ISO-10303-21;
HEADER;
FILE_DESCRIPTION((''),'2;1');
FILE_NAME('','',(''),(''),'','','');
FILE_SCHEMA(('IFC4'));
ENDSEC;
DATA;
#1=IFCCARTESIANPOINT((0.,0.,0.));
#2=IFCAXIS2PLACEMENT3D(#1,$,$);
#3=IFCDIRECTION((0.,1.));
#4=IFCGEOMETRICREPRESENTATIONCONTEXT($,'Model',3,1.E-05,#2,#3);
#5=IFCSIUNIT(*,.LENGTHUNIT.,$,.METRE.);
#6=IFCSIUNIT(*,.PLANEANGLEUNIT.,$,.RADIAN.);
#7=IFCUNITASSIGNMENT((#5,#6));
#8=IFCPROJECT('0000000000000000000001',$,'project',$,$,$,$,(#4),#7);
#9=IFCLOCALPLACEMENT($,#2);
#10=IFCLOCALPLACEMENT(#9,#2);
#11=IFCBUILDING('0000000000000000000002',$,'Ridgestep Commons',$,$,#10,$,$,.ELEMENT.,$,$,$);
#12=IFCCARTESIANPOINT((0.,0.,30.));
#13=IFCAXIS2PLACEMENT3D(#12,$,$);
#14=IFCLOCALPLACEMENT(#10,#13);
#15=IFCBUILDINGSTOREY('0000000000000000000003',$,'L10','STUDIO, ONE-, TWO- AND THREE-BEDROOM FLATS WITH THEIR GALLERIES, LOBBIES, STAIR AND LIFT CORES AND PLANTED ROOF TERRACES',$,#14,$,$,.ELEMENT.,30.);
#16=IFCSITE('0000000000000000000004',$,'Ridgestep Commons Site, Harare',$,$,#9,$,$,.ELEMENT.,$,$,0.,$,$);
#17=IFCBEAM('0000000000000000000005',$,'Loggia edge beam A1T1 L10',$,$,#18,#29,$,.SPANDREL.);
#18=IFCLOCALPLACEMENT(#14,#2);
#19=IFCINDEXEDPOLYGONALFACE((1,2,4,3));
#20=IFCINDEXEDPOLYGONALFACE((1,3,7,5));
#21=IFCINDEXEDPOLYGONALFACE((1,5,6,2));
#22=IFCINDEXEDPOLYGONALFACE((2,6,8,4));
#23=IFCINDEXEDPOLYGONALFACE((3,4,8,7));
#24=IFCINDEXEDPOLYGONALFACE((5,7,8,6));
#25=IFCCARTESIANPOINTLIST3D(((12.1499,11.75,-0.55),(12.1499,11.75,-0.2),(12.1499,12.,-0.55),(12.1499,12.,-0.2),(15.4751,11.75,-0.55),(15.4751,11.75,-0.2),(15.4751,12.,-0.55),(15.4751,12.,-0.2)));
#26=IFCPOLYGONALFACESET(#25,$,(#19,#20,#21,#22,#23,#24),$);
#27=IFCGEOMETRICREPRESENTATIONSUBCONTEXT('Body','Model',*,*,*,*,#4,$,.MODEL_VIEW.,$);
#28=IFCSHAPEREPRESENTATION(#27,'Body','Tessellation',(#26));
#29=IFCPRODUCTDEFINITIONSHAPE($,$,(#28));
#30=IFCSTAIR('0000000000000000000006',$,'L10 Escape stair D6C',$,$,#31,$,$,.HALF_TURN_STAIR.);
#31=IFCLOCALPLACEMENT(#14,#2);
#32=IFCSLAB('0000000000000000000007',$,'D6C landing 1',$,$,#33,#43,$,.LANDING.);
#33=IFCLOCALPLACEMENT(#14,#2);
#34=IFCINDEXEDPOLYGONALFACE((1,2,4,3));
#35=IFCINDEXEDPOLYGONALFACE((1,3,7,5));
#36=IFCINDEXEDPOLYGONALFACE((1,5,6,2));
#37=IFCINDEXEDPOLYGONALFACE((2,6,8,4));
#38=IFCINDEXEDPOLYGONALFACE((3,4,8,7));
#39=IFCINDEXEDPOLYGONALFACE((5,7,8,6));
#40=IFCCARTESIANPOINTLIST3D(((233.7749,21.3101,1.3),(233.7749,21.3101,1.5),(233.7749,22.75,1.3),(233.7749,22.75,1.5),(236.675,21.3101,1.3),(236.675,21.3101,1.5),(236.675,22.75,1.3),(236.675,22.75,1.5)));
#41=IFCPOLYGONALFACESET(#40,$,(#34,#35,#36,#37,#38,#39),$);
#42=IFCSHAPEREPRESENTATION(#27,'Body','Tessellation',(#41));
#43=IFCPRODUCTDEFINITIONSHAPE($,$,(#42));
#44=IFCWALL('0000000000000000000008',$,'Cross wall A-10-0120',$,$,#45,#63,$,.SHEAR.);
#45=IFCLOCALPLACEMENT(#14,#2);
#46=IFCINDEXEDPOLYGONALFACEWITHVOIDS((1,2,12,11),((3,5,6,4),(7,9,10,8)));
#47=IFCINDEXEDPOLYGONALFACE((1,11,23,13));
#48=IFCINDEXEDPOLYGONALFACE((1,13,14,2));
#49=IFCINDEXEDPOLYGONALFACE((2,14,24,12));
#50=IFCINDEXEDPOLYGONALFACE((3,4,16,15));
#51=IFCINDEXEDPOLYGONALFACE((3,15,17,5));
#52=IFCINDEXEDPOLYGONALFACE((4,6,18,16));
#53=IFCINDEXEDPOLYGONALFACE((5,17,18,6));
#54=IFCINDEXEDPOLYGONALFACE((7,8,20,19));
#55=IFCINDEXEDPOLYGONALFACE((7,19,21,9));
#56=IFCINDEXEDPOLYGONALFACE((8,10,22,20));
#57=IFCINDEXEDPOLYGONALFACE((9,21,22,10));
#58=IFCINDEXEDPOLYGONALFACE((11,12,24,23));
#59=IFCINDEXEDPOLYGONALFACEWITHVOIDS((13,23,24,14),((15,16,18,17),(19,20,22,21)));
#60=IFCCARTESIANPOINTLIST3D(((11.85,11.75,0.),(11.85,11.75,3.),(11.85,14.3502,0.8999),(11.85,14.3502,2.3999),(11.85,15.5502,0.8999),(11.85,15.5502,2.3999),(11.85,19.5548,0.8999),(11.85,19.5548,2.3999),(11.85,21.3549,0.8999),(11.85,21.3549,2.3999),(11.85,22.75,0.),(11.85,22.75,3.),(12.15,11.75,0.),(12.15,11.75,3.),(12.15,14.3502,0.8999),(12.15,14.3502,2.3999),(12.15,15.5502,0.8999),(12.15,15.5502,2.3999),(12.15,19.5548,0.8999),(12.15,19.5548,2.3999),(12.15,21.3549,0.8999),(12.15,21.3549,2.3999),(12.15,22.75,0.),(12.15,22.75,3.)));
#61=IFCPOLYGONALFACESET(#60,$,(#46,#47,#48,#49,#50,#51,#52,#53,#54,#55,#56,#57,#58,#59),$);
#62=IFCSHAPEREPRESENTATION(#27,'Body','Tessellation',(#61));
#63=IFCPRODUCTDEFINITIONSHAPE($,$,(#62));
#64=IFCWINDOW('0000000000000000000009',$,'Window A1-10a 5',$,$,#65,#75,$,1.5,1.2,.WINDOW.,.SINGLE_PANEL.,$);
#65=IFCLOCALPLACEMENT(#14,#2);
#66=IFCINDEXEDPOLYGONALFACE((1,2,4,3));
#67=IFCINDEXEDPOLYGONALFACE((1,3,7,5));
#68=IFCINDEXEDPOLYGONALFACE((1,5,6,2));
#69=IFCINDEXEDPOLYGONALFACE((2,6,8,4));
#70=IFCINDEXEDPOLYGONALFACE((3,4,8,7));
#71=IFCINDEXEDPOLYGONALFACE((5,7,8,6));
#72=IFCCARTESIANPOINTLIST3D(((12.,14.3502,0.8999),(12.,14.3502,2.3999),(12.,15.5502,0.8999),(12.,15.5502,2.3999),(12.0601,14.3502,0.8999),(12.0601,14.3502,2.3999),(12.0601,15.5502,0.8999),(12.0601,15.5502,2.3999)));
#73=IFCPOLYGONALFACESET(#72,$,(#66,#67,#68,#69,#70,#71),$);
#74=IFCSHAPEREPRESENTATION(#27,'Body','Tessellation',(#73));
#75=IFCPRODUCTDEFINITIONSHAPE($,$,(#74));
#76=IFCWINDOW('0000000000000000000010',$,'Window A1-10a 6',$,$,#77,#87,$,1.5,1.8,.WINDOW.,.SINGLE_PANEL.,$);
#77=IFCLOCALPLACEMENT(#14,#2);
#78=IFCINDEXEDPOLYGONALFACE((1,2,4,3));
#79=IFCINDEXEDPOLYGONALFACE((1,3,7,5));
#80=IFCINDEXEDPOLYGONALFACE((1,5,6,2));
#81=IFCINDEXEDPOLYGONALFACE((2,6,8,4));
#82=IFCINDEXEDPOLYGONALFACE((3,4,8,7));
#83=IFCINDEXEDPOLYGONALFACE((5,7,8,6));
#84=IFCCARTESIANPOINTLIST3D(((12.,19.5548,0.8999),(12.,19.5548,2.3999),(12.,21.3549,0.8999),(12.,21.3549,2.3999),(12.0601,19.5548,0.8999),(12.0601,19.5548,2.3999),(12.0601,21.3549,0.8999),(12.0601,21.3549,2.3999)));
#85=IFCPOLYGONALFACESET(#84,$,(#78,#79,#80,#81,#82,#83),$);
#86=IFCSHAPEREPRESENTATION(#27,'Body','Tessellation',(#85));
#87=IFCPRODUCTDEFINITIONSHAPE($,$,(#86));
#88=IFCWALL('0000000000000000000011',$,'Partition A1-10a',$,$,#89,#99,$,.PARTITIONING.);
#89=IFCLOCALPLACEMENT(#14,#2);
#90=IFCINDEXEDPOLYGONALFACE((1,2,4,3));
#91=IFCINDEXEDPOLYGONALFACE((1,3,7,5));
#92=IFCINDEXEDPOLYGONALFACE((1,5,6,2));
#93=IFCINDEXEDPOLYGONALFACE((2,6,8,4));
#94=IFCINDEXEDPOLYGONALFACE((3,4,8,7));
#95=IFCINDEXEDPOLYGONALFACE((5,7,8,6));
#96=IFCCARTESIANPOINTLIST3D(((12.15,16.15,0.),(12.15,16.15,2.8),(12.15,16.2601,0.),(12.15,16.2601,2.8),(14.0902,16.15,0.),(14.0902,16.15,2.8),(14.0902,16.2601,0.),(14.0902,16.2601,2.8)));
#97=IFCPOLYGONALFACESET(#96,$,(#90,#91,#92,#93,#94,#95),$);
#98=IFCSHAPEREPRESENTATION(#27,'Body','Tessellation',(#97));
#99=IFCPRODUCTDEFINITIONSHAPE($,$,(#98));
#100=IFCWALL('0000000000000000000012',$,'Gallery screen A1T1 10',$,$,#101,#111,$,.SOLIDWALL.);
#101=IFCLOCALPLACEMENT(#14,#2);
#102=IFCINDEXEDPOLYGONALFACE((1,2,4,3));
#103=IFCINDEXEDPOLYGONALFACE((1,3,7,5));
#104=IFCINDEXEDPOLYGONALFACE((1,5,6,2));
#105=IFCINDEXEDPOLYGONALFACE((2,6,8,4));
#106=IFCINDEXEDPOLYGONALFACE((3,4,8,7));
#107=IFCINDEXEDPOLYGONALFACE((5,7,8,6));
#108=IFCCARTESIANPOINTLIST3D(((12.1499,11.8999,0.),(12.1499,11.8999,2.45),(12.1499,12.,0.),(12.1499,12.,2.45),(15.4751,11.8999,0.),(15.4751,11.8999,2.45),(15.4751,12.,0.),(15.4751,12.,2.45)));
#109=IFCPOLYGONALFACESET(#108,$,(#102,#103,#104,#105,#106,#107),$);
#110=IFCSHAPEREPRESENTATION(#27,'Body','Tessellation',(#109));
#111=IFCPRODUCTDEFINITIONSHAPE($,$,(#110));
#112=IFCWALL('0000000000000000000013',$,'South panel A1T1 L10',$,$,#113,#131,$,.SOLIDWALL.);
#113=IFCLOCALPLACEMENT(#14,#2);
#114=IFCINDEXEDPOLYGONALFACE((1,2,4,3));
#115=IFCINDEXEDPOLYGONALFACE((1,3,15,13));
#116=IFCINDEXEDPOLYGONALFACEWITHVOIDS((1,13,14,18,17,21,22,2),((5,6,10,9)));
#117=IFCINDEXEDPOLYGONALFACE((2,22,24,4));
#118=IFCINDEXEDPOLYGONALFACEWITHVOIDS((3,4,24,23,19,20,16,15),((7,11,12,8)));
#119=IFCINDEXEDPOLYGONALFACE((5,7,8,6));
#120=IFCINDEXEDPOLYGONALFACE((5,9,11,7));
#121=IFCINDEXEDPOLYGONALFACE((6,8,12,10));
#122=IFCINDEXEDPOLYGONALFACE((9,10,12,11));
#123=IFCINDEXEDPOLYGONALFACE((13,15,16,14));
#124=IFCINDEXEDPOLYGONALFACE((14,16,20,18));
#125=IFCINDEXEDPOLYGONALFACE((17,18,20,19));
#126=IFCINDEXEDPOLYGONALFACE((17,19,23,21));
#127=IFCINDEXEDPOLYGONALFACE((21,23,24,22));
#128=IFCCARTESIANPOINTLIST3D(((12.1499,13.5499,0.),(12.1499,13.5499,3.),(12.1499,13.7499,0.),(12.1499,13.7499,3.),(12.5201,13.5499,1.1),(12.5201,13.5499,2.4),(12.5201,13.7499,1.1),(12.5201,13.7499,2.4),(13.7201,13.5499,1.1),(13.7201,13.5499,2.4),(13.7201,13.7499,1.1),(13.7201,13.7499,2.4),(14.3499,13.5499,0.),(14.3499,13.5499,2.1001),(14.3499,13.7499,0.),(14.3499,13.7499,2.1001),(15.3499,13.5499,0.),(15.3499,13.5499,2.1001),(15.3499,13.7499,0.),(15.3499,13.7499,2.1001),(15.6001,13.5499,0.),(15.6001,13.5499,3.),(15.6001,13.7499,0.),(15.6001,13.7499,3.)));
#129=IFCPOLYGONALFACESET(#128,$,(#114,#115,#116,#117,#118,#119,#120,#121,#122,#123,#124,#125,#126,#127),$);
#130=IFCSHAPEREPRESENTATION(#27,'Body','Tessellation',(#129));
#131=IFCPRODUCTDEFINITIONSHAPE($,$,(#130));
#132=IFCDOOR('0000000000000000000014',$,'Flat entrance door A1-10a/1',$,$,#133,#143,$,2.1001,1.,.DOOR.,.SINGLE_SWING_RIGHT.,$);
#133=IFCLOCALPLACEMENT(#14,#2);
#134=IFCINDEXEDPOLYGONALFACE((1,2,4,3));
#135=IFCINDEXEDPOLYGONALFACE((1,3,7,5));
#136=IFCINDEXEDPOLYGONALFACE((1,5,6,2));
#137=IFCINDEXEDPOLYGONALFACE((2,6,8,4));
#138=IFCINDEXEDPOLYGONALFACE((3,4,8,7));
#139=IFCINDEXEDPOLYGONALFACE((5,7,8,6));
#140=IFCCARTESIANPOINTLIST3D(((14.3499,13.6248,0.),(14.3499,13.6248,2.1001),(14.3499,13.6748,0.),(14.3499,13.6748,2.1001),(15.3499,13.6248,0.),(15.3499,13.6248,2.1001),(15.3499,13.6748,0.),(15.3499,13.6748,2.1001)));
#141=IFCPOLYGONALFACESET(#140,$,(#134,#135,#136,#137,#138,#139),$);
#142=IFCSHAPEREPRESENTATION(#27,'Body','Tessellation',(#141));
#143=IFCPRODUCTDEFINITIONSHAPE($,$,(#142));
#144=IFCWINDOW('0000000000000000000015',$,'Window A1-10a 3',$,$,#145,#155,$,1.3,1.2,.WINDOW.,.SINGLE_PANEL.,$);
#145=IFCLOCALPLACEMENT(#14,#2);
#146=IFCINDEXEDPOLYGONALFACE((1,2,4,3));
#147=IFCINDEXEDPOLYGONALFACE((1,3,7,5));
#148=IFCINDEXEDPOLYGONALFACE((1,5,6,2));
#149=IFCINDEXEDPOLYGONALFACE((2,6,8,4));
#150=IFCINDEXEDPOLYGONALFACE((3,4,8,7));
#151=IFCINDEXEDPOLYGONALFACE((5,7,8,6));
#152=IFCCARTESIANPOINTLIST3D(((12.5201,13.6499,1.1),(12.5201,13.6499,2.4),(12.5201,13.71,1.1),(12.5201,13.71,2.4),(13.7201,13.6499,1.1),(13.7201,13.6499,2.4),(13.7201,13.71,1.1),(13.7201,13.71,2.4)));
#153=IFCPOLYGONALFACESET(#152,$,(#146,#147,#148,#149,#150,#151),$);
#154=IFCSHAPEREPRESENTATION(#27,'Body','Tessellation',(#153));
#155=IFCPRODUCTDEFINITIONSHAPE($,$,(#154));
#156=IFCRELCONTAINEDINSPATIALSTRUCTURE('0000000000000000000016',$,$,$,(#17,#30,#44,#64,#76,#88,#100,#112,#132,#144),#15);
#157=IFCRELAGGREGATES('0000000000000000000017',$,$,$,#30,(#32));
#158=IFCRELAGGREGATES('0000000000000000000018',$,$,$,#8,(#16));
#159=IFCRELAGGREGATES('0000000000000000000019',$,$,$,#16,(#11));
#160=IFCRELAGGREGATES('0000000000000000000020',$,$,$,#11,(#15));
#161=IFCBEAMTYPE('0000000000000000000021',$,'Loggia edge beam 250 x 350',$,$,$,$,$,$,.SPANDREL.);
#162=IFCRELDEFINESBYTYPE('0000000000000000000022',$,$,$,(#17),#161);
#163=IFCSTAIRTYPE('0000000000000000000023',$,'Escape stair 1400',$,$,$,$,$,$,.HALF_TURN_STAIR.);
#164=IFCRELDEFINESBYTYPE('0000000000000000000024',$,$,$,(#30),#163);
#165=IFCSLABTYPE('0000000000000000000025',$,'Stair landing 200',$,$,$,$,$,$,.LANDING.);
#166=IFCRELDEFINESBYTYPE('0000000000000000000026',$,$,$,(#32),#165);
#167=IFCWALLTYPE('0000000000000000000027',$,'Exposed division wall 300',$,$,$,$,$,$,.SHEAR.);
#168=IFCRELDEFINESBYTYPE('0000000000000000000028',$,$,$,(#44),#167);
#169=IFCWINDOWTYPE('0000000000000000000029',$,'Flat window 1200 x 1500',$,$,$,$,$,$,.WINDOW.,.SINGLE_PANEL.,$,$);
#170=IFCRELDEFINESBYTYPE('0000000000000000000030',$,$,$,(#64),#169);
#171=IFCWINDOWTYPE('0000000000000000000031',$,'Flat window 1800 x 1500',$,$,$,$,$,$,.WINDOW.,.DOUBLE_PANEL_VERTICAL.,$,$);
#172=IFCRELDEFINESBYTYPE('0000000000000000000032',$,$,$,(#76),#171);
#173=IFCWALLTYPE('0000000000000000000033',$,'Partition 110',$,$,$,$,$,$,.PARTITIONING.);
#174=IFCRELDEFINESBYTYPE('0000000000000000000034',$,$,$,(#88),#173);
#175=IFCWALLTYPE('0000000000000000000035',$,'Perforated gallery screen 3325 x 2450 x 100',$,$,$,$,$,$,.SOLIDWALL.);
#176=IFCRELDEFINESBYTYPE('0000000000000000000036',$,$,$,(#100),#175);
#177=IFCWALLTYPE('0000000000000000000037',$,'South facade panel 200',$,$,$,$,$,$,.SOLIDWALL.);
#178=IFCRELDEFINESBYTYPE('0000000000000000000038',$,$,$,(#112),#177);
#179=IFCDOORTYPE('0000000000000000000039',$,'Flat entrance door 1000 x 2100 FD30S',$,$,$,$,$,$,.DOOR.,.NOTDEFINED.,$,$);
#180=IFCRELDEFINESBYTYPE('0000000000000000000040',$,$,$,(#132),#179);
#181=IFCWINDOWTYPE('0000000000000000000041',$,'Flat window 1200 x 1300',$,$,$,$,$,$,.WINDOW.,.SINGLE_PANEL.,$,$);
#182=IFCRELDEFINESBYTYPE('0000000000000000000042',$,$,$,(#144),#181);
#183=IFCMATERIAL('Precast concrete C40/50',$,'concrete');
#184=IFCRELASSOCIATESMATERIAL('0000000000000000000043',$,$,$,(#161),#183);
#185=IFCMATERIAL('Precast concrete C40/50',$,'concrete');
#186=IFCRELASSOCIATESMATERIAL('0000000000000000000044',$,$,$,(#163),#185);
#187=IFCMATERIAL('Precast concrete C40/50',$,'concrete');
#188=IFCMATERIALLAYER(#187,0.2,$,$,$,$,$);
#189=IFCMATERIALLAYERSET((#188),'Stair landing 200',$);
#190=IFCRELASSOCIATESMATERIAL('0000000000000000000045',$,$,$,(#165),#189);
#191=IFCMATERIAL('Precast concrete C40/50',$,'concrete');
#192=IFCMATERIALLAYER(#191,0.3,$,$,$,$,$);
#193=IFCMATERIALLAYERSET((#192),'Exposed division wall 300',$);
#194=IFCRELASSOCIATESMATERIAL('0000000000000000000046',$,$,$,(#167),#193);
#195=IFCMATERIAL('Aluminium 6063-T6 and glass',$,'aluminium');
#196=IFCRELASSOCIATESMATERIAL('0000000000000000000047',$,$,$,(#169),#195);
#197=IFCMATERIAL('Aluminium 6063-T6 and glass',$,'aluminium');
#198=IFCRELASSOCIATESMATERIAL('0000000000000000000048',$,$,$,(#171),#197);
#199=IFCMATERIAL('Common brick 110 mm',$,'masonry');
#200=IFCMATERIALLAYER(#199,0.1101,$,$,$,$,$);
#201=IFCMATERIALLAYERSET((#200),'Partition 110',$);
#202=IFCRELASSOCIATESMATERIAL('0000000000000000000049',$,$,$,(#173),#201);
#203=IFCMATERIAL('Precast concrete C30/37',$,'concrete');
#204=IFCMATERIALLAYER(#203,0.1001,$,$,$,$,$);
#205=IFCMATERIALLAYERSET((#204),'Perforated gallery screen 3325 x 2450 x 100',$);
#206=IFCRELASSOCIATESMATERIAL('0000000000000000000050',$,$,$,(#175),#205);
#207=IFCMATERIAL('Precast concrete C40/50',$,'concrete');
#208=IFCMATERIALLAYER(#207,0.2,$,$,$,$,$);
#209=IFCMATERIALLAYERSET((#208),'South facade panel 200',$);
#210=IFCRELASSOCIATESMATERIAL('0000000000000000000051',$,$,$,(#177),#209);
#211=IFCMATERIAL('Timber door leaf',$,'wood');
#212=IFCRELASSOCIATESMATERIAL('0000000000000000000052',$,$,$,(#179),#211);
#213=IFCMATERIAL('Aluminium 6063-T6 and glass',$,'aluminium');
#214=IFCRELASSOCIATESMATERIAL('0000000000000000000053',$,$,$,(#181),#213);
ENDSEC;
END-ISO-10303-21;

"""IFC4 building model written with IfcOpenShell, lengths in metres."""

from ifc_helpers import new_model, si_unit, direction, frame, frame_2d, origin, origin_2d, place, context, subcontext, project, spatial, polyline, rectangle, outline, extrude, material, layer, layer_set, material_profile, profile_set, type_object, element, fill, aggregate, save


model = new_model("IFC4")

# Units and contexts
model_context = context("Model", 3, precision=1e-05, world=origin(), true_north=direction((0.0, 1.0)))
body_context = subcontext(model_context, "Body", "Model", "MODEL_VIEW")
ifc_project = project(units=[si_unit("LENGTHUNIT", "METRE"), si_unit("PLANEANGLEUNIT", "RADIAN")], contexts=[model_context])

# Site, building, storey
site_placement = place(None, origin())
site = spatial("IfcSite", under=ifc_project, at=site_placement, Name="Ridgestep Commons Site, Harare", CompositionType="ELEMENT", RefElevation=0.0)
building_placement = place(site_placement, origin())
building = spatial("IfcBuilding", under=site, at=building_placement, Name="Ridgestep Commons", CompositionType="ELEMENT")
storey_placement = place(building_placement, frame((0.0, 0.0, 30.0)))
storey = spatial("IfcBuildingStorey", under=building, at=storey_placement, Name="L10", Description="STUDIO, ONE-, TWO- AND THREE-BEDROOM FLATS WITH THEIR GALLERIES, LOBBIES, STAIR AND LIFT CORES AND PLANTED ROOF TERRACES", CompositionType="ELEMENT", Elevation=30.0)

# Beam
ifc_material_1 = material(Name="Precast concrete C40/50", Category="concrete")
ifc_material_profile = material_profile(ifc_material_1, rectangle(XDim=0.25, YDim=0.3501, at=origin_2d()), Name="PC 250x350")
ifc_profile_set = profile_set([ifc_material_profile], Name="Precast concrete C40/50")
beam_type = type_object("IfcBeamType", Name="Loggia edge beam 250 x 350", PredefinedType="SPANDREL", material=ifc_profile_set)
beam_placement = place(storey_placement, frame((12.1499, 11.875, -0.375), z_axis=(1.0, 0.0, 0.0), x_axis=(0.0, 1.0, 0.0)))
element("IfcBeam", 1, at=beam_placement, inside=storey, type_object=beam_type, Name="Loggia edge beam A1T1 L10", PredefinedType="SPANDREL", context=body_context, shape_type="SweptSolid", body=[
    extrude(rectangle(XDim=0.25, YDim=0.3501, at=origin_2d()), origin(), (0.0, 0.0, 1.0), 3.3252),
])

# Stair, slab
ifc_material_2 = material(Name="Precast concrete C40/50", Category="concrete")
stair_type = type_object("IfcStairType", Name="Escape stair 1400", PredefinedType="HALF_TURN_STAIR", material=ifc_material_2)
stair_placement = place(storey_placement, origin())
stair = element("IfcStair", 2, at=stair_placement, inside=storey, type_object=stair_type, Name="L10 Escape stair D6C", PredefinedType="HALF_TURN_STAIR")
ifc_material_3 = material(Name="Precast concrete C40/50", Category="concrete")
ifc_layer_1 = layer(ifc_material_3, 0.2)
ifc_layer_set_1 = layer_set([ifc_layer_1], Name="Stair landing 200")
slab_type = type_object("IfcSlabType", Name="Stair landing 200", PredefinedType="LANDING", material=ifc_layer_set_1)
slab_placement = place(storey_placement, frame((0.0, 0.0, 1.3)))
slab = element("IfcSlab", 3, at=slab_placement, type_object=slab_type, Name="D6C landing 1", PredefinedType="LANDING", context=body_context, shape_type="SweptSolid", body=[
    extrude(outline(polyline([(236.675, 21.3101), (236.675, 22.75), (233.7749, 22.75), (233.7749, 21.3101), (236.675, 21.3101)])), origin(), (0.0, 0.0, 1.0), 0.2),
])
aggregate(stair, [slab])

# Wall, openings, windows
ifc_material_4 = material(Name="Precast concrete C40/50", Category="concrete")
ifc_layer_2 = layer(ifc_material_4, 0.3)
ifc_layer_set_2 = layer_set([ifc_layer_2], Name="Exposed division wall 300")
wall_type_1 = type_object("IfcWallType", Name="Exposed division wall 300", PredefinedType="SHEAR", material=ifc_layer_set_2)
wall_1_placement = place(storey_placement, frame((12.0, 11.75, 0.0), z_axis=(0.0, 0.0, 1.0), x_axis=(0.0, 1.0, 0.0)))
wall_1 = element("IfcWall", 4, at=wall_1_placement, inside=storey, type_object=wall_type_1, Name="Cross wall A-10-0120", PredefinedType="SHEAR", context=body_context, shape_type="SweptSolid", body=[
    extrude(rectangle(XDim=11.0, YDim=0.3, at=frame_2d((5.5, 0.0))), origin(), (0.0, 0.0, 1.0), 3.0),
])
opening_1_placement = place(wall_1_placement, frame((2.6001, 0.0, 0.8999)))
opening_1 = element("IfcOpeningElement", 5, at=opening_1_placement, cuts=wall_1, PredefinedType="OPENING", context=body_context, shape_type="SweptSolid", body=[
    extrude(rectangle(XDim=1.2, YDim=1.5, at=frame_2d((0.6001, 0.75))), frame((0.0, 0.1599, 0.0), z_axis=(0.0, -1.0, 0.0), x_axis=(1.0, 0.0, 0.0)), (0.0, 0.0, 1.0), 0.3201),
])
opening_2_placement = place(wall_1_placement, frame((7.8049, 0.0, 0.8999)))
opening_2 = element("IfcOpeningElement", 6, at=opening_2_placement, cuts=wall_1, PredefinedType="OPENING", context=body_context, shape_type="SweptSolid", body=[
    extrude(rectangle(XDim=1.8, YDim=1.5, at=frame_2d((0.8999, 0.75))), frame((0.0, 0.1599, 0.0), z_axis=(0.0, -1.0, 0.0), x_axis=(1.0, 0.0, 0.0)), (0.0, 0.0, 1.0), 0.3201),
])
ifc_material_5 = material(Name="Aluminium 6063-T6 and glass", Category="aluminium")
window_type_1 = type_object("IfcWindowType", Name="Flat window 1200 x 1500", PartitioningType="SINGLE_PANEL", PredefinedType="WINDOW", material=ifc_material_5)
window_1_placement = place(opening_1_placement, origin())
window_1 = element("IfcWindow", 7, at=window_1_placement, inside=storey, type_object=window_type_1, Name="Window A1-10a 5", OverallHeight=1.5, OverallWidth=1.2, PartitioningType="SINGLE_PANEL", PredefinedType="WINDOW", context=body_context, shape_type="SweptSolid", body=[
    extrude(rectangle(XDim=1.2, YDim=1.5, at=frame_2d((0.6001, 0.75))), frame((0.0, 0.0, 0.0), z_axis=(0.0, -1.0, 0.0), x_axis=(1.0, 0.0, 0.0)), (0.0, 0.0, 1.0), 0.0601),
])
fill(opening_1, window_1)
ifc_material_6 = material(Name="Aluminium 6063-T6 and glass", Category="aluminium")
window_type_2 = type_object("IfcWindowType", Name="Flat window 1800 x 1500", PartitioningType="DOUBLE_PANEL_VERTICAL", PredefinedType="WINDOW", material=ifc_material_6)
window_2_placement = place(opening_2_placement, origin())
window_2 = element("IfcWindow", 8, at=window_2_placement, inside=storey, type_object=window_type_2, Name="Window A1-10a 6", OverallHeight=1.5, OverallWidth=1.8, PartitioningType="SINGLE_PANEL", PredefinedType="WINDOW", context=body_context, shape_type="SweptSolid", body=[
    extrude(rectangle(XDim=1.8, YDim=1.5, at=frame_2d((0.8999, 0.75))), frame((0.0, 0.0, 0.0), z_axis=(0.0, -1.0, 0.0), x_axis=(1.0, 0.0, 0.0)), (0.0, 0.0, 1.0), 0.0601),
])
fill(opening_2, window_2)

# Walls
ifc_material_7 = material(Name="Common brick 110 mm", Category="masonry")
ifc_layer_3 = layer(ifc_material_7, 0.1101)
ifc_layer_set_3 = layer_set([ifc_layer_3], Name="Partition 110")
wall_type_2 = type_object("IfcWallType", Name="Partition 110", PredefinedType="PARTITIONING", material=ifc_layer_set_3)
wall_2_placement = place(storey_placement, frame((12.1499, 16.2051, 0.0), z_axis=(0.0, 0.0, 1.0), x_axis=(1.0, 0.0, 0.0)))
element("IfcWall", 9, at=wall_2_placement, inside=storey, type_object=wall_type_2, Name="Partition A1-10a", PredefinedType="PARTITIONING", context=body_context, shape_type="SweptSolid", body=[
    extrude(rectangle(XDim=1.9402, YDim=0.1101, at=frame_2d((0.9702, 0.0))), origin(), (0.0, 0.0, 1.0), 2.8),
])
ifc_material_8 = material(Name="Precast concrete C30/37", Category="concrete")
ifc_layer_4 = layer(ifc_material_8, 0.1001)
ifc_layer_set_4 = layer_set([ifc_layer_4], Name="Perforated gallery screen 3325 x 2450 x 100")
wall_type_3 = type_object("IfcWallType", Name="Perforated gallery screen 3325 x 2450 x 100", PredefinedType="SOLIDWALL", material=ifc_layer_set_4)
wall_3_placement = place(storey_placement, frame((12.1499, 11.95, 0.0), z_axis=(0.0, 0.0, 1.0), x_axis=(1.0, 0.0, 0.0)))
element("IfcWall", 10, at=wall_3_placement, inside=storey, type_object=wall_type_3, Name="Gallery screen A1T1 10", PredefinedType="SOLIDWALL", context=body_context, shape_type="SweptSolid", body=[
    extrude(rectangle(XDim=3.3252, YDim=0.1001, at=frame_2d((1.6626, 0.0))), origin(), (0.0, 0.0, 1.0), 2.45),
])

# Wall, openings, door, window
ifc_material_9 = material(Name="Precast concrete C40/50", Category="concrete")
ifc_layer_5 = layer(ifc_material_9, 0.2)
ifc_layer_set_5 = layer_set([ifc_layer_5], Name="South facade panel 200")
wall_type_4 = type_object("IfcWallType", Name="South facade panel 200", PredefinedType="SOLIDWALL", material=ifc_layer_set_5)
wall_4_placement = place(storey_placement, frame((12.1499, 13.6499, 0.0), z_axis=(0.0, 0.0, 1.0), x_axis=(1.0, 0.0, 0.0)))
wall_4 = element("IfcWall", 11, at=wall_4_placement, inside=storey, type_object=wall_type_4, Name="South panel A1T1 L10", PredefinedType="SOLIDWALL", context=body_context, shape_type="SweptSolid", body=[
    extrude(rectangle(XDim=3.4502, YDim=0.2, at=frame_2d((1.7251, 0.0))), origin(), (0.0, 0.0, 1.0), 3.0),
])
opening_3_placement = place(wall_4_placement, frame((0.3701, 0.0, 1.1001)))
opening_3 = element("IfcOpeningElement", 12, at=opening_3_placement, cuts=wall_4, PredefinedType="OPENING", context=body_context, shape_type="SweptSolid", body=[
    extrude(rectangle(XDim=1.2, YDim=1.3, at=frame_2d((0.6001, 0.6499))), frame((0.0, 0.1099, 0.0), z_axis=(0.0, -1.0, 0.0), x_axis=(1.0, 0.0, 0.0)), (0.0, 0.0, 1.0), 0.22),
])
opening_4_placement = place(wall_4_placement, frame((2.2, 0.0, 0.0)))
opening_4 = element("IfcOpeningElement", 13, at=opening_4_placement, cuts=wall_4, PredefinedType="OPENING", context=body_context, shape_type="SweptSolid", body=[
    extrude(rectangle(XDim=1.0, YDim=2.1001, at=frame_2d((0.5, 1.05))), frame((0.0, 0.1099, 0.0), z_axis=(0.0, -1.0, 0.0), x_axis=(1.0, 0.0, 0.0)), (0.0, 0.0, 1.0), 0.22),
])
ifc_material_10 = material(Name="Timber door leaf", Category="wood")
door_type = type_object("IfcDoorType", Name="Flat entrance door 1000 x 2100 FD30S", OperationType="NOTDEFINED", PredefinedType="DOOR", material=ifc_material_10)
door_placement = place(opening_4_placement, origin())
door = element("IfcDoor", 14, at=door_placement, inside=storey, type_object=door_type, Name="Flat entrance door A1-10a/1", OperationType="SINGLE_SWING_RIGHT", OverallHeight=2.1001, OverallWidth=1.0, PredefinedType="DOOR", context=body_context, shape_type="SweptSolid", body=[
    extrude(rectangle(XDim=1.0, YDim=2.1001, at=frame_2d((0.5, 1.05))), frame((0.0, 0.0249, 0.0), z_axis=(0.0, -1.0, 0.0), x_axis=(1.0, 0.0, 0.0)), (0.0, 0.0, 1.0), 0.05),
])
fill(opening_4, door)
ifc_material_11 = material(Name="Aluminium 6063-T6 and glass", Category="aluminium")
window_type_3 = type_object("IfcWindowType", Name="Flat window 1200 x 1300", PartitioningType="SINGLE_PANEL", PredefinedType="WINDOW", material=ifc_material_11)
window_3_placement = place(opening_3_placement, origin())
window_3 = element("IfcWindow", 15, at=window_3_placement, inside=storey, type_object=window_type_3, Name="Window A1-10a 3", OverallHeight=1.3, OverallWidth=1.2, PartitioningType="SINGLE_PANEL", PredefinedType="WINDOW", context=body_context, shape_type="SweptSolid", body=[
    extrude(rectangle(XDim=1.2, YDim=1.3, at=frame_2d((0.6001, 0.6499))), frame((0.0, 0.0601, 0.0), z_axis=(0.0, -1.0, 0.0), x_axis=(1.0, 0.0, 0.0)), (0.0, 0.0, 1.0), 0.0601),
])
fill(opening_3, window_3)

save(model, "model.ifc")
